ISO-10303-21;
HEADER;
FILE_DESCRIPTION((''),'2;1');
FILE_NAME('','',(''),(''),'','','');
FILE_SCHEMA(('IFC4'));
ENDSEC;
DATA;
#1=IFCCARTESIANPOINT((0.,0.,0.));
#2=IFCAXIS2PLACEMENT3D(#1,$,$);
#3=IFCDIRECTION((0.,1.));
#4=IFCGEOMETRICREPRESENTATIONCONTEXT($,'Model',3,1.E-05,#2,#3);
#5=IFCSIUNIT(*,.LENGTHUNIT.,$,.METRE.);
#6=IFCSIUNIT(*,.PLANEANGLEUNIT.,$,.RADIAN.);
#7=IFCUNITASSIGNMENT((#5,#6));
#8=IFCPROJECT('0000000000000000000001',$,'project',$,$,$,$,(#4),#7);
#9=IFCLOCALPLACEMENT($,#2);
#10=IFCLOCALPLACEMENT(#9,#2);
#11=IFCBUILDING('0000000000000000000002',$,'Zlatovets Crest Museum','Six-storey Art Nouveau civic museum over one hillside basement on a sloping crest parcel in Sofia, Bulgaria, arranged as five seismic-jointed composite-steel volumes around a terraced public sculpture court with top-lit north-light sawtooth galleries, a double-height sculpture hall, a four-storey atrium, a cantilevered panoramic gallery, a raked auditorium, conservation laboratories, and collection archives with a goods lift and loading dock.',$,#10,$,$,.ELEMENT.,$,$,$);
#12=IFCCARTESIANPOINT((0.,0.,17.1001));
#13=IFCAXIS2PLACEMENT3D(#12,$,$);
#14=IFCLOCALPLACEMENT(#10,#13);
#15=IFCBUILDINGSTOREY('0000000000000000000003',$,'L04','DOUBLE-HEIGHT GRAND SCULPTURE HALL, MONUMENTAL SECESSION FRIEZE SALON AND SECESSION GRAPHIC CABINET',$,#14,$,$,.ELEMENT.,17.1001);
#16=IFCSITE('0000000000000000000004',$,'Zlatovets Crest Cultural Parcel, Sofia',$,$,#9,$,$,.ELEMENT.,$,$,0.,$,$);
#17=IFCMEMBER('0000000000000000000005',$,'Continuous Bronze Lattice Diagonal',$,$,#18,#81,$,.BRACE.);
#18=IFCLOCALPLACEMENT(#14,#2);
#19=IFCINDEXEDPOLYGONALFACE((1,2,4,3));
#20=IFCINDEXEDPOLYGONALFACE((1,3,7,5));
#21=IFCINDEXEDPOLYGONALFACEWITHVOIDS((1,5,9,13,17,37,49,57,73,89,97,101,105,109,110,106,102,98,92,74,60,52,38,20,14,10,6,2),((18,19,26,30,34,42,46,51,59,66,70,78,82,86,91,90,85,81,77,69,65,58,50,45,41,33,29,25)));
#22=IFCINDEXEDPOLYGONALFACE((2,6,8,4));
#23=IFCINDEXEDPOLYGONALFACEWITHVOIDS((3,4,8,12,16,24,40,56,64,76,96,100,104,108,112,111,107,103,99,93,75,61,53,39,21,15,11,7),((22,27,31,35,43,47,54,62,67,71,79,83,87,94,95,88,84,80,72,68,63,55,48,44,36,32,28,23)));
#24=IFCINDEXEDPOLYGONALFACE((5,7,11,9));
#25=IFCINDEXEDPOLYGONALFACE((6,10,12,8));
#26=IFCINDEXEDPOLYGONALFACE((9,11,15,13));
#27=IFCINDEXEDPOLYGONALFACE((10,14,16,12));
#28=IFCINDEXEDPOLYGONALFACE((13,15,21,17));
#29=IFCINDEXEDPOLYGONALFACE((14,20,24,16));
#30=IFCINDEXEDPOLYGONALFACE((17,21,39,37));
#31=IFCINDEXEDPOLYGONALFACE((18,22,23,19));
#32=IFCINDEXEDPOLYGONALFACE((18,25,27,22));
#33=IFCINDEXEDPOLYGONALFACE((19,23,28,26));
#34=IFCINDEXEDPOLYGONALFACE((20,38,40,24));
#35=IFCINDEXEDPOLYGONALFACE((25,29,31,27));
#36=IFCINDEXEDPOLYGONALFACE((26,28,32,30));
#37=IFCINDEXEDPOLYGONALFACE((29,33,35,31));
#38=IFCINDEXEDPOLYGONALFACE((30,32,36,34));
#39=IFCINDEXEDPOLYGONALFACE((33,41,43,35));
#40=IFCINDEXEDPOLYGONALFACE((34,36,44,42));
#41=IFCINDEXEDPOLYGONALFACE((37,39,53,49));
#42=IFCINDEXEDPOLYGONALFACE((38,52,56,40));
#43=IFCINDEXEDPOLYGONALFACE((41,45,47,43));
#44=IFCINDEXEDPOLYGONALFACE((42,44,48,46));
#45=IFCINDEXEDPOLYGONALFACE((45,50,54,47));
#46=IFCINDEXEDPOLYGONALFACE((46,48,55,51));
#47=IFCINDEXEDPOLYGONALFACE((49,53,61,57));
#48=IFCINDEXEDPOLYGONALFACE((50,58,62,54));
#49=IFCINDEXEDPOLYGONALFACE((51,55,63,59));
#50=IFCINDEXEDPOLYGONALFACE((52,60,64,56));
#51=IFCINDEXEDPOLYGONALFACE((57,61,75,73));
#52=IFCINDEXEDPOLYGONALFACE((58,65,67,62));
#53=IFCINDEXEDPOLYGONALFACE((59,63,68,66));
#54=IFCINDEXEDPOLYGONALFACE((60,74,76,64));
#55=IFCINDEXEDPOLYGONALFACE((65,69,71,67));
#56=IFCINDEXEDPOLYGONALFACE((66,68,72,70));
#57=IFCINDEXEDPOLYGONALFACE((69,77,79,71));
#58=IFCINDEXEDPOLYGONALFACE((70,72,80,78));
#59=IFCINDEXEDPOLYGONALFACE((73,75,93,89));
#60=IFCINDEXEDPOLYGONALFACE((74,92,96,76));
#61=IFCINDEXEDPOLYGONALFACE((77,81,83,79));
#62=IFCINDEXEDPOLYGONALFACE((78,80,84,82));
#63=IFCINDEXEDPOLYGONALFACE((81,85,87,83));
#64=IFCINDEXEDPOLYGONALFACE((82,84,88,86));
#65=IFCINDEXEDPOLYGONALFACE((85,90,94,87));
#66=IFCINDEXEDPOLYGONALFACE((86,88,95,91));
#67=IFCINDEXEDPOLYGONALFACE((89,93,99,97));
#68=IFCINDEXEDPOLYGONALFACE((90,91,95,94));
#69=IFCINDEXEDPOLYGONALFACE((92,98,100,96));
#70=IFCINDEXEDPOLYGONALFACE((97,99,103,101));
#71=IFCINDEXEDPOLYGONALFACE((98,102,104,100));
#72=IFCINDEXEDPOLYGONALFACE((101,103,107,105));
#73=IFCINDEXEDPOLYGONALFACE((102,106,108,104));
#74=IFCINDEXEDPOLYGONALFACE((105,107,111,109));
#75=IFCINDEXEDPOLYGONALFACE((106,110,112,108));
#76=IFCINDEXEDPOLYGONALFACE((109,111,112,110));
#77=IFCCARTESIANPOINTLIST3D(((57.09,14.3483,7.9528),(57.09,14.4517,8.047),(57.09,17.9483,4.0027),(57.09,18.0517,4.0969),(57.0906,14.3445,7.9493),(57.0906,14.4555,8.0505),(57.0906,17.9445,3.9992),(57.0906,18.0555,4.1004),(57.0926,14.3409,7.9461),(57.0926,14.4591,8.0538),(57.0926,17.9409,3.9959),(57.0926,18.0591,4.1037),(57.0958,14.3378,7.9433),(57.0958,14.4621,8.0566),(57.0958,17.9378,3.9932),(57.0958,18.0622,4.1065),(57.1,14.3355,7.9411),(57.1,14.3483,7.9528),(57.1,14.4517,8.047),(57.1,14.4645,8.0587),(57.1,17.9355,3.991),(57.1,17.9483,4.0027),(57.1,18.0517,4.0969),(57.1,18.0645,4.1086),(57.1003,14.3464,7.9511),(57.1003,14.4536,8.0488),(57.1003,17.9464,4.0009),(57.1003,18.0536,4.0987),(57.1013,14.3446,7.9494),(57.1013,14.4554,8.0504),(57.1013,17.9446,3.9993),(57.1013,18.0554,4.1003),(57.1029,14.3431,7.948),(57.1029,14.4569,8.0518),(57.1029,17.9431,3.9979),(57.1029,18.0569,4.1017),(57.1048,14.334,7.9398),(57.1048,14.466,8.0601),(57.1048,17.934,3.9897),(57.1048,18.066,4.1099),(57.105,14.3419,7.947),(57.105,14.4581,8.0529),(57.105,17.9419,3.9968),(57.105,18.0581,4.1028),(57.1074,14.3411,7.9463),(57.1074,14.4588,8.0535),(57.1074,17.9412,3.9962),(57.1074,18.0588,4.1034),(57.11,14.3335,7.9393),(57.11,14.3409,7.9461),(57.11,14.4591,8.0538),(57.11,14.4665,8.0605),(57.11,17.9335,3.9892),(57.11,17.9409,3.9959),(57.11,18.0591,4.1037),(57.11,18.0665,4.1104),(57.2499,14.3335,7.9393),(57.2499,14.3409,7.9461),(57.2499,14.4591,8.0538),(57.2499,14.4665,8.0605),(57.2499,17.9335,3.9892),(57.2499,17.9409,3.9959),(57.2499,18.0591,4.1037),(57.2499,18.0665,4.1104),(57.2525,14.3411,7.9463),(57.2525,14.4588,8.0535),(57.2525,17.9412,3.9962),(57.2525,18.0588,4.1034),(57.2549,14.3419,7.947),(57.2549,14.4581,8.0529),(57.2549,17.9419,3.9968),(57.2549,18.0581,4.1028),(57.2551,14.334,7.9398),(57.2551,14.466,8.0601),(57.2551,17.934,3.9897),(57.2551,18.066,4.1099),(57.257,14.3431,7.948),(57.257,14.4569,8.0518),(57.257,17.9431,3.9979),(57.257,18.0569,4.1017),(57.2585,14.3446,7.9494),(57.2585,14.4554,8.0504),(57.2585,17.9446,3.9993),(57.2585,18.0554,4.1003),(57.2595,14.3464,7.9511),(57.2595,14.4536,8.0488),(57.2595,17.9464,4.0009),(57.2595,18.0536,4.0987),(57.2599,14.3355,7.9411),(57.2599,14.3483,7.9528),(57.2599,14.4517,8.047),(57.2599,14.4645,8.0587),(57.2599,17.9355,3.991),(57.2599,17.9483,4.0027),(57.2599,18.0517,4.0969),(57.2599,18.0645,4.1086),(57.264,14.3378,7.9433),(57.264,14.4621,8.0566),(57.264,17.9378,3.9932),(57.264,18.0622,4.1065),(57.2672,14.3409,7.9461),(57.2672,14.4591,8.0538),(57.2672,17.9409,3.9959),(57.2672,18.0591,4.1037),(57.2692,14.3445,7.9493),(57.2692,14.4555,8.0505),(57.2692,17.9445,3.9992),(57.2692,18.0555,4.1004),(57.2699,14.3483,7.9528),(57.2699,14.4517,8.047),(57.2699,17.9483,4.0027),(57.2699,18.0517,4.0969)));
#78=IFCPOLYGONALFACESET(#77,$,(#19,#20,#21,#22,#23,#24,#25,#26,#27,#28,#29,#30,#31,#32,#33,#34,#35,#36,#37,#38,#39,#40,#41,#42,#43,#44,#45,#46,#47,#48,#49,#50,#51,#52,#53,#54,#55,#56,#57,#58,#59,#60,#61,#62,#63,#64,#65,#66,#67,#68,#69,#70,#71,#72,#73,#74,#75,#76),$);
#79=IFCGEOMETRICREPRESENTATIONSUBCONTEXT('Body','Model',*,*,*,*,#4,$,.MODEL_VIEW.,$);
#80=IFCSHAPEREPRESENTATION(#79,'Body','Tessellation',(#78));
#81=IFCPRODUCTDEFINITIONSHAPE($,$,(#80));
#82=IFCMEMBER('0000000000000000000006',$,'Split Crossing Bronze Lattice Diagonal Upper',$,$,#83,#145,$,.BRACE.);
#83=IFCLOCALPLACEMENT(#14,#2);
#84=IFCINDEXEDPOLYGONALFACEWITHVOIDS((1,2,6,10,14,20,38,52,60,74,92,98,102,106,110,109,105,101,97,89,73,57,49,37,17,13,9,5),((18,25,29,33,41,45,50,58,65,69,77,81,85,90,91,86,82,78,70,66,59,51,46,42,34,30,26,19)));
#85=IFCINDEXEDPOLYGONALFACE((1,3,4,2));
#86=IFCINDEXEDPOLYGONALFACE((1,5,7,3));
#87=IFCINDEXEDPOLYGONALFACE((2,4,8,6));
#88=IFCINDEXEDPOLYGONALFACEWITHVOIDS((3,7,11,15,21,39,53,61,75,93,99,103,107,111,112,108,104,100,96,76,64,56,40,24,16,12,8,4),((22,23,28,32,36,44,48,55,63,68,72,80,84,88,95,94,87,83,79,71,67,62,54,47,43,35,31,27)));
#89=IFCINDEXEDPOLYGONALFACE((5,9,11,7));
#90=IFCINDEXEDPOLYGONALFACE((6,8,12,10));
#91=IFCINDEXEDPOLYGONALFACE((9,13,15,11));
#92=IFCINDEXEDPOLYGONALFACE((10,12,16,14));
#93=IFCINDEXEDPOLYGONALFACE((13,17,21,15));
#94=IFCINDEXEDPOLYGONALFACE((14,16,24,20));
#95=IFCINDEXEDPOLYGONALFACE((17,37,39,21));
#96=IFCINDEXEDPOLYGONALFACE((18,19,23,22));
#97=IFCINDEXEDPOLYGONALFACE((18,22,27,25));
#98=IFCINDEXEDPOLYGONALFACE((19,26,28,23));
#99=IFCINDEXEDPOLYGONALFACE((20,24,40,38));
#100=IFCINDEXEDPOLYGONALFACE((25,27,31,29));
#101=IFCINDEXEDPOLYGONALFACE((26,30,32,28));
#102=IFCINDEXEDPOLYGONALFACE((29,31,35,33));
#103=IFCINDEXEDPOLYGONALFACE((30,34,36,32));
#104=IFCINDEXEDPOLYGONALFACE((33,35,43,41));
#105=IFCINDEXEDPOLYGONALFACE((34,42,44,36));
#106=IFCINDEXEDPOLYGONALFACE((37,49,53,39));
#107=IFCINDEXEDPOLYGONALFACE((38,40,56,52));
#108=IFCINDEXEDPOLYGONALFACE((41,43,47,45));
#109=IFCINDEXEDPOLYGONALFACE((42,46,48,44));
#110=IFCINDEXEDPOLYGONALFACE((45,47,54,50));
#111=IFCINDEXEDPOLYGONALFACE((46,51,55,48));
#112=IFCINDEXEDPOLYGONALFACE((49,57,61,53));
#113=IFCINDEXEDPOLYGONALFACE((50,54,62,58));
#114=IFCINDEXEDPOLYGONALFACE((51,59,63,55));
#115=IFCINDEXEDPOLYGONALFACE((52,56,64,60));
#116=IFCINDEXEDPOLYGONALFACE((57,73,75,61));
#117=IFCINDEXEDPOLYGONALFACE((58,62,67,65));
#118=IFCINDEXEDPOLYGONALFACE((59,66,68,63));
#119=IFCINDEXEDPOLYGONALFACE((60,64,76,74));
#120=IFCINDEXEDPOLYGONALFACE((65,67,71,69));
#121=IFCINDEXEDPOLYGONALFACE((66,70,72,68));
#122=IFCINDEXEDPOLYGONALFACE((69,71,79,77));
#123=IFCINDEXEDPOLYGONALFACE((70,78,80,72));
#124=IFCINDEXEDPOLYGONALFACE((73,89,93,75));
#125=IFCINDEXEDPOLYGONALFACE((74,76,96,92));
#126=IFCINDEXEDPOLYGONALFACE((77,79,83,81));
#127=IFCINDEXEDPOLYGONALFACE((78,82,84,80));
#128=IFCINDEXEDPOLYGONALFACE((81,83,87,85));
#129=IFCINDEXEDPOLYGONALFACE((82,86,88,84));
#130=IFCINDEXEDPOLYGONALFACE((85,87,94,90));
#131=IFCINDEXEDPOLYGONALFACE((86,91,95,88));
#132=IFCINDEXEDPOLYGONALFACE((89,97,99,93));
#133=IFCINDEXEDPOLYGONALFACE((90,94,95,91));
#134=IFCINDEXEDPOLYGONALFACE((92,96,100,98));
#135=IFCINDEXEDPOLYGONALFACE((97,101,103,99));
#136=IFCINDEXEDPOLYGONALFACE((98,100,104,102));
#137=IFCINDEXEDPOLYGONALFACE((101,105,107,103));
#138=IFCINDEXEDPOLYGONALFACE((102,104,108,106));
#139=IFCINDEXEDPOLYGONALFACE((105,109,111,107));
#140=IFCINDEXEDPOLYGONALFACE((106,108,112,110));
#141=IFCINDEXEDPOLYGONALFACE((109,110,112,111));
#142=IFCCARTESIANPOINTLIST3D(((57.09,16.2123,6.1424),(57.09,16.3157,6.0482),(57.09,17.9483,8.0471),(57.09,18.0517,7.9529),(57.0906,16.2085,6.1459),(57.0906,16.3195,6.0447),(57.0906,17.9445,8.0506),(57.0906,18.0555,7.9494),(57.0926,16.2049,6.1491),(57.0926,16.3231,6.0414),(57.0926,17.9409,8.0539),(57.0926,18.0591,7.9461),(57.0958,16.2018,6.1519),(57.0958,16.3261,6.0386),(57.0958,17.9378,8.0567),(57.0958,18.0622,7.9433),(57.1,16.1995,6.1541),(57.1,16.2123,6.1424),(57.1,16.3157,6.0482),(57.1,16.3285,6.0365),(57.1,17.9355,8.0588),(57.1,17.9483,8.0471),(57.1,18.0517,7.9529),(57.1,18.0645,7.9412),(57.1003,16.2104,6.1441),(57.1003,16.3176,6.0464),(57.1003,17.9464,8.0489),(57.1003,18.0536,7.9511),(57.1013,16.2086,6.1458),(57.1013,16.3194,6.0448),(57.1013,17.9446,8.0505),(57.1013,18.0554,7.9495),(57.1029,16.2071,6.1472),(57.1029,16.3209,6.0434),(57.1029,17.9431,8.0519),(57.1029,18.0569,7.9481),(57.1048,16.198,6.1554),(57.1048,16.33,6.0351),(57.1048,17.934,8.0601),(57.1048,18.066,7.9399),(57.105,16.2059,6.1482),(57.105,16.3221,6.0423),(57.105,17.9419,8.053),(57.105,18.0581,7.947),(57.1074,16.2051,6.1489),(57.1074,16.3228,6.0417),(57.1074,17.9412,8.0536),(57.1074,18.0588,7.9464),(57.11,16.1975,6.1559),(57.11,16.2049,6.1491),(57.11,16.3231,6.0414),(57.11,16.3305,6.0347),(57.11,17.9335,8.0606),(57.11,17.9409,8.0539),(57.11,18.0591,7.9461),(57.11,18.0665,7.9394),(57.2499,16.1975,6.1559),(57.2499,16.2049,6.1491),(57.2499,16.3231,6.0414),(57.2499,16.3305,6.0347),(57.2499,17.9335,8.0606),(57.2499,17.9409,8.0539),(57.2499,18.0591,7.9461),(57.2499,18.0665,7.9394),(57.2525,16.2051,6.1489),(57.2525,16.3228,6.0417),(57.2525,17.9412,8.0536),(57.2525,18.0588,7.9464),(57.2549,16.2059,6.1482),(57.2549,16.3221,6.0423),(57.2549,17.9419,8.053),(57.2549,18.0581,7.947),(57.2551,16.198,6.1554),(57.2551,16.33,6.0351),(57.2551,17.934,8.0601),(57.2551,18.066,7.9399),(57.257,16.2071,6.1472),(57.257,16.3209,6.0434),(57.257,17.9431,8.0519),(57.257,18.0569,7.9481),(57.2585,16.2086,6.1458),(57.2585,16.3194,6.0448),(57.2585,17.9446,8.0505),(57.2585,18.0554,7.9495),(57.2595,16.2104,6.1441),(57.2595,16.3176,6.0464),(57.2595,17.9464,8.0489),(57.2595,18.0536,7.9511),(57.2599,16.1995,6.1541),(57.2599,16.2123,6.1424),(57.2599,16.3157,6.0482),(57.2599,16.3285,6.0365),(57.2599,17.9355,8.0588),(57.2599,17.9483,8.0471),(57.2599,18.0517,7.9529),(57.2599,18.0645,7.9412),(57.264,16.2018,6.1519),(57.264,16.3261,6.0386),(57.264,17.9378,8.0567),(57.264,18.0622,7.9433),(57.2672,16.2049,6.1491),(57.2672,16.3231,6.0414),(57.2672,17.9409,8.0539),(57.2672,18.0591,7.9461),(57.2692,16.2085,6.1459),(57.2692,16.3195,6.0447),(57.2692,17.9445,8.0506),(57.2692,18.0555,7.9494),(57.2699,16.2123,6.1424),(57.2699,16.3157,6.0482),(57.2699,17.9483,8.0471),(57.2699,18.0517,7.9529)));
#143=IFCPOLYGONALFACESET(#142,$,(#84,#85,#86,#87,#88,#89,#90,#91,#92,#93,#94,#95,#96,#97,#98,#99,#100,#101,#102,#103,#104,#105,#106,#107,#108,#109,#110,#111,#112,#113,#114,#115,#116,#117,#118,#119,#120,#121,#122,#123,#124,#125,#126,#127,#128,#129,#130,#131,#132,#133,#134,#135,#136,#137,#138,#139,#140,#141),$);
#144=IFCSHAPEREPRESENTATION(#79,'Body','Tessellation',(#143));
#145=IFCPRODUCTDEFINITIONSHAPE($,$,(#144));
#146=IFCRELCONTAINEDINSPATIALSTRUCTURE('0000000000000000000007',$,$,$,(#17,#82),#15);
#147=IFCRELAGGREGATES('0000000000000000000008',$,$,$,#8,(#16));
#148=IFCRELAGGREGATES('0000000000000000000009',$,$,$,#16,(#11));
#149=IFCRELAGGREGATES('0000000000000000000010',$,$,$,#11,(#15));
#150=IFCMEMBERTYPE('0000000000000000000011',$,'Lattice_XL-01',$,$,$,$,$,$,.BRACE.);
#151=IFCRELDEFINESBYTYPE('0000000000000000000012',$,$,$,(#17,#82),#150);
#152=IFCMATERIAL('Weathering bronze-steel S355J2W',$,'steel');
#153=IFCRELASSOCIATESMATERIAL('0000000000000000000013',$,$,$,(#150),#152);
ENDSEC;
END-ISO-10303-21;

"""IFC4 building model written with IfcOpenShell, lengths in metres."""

from ifc_helpers import new_model, si_unit, direction, frame, origin, origin_2d, place, context, subcontext, project, spatial, hollow_rectangle, extrude, material, material_profile, profile_set, type_object, element, save


model = new_model("IFC4")

# Units and contexts
model_context = context("Model", 3, precision=1e-05, world=origin(), true_north=direction((0.0, 1.0)))
body_context = subcontext(model_context, "Body", "Model", "MODEL_VIEW")
ifc_project = project(units=[si_unit("LENGTHUNIT", "METRE"), si_unit("PLANEANGLEUNIT", "RADIAN")], contexts=[model_context])

# Site, building, storey
site_placement = place(None, origin())
site = spatial("IfcSite", under=ifc_project, at=site_placement, Name="Zlatovets Crest Cultural Parcel, Sofia", CompositionType="ELEMENT", RefElevation=0.0)
building_placement = place(site_placement, origin())
building = spatial("IfcBuilding", under=site, at=building_placement, Name="Zlatovets Crest Museum", Description="Six-storey Art Nouveau civic museum over one hillside basement on a sloping crest parcel in Sofia, Bulgaria, arranged as five seismic-jointed composite-steel volumes around a terraced public sculpture court with top-lit north-light sawtooth galleries, a double-height sculpture hall, a four-storey atrium, a cantilevered panoramic gallery, a raked auditorium, conservation laboratories, and collection archives with a goods lift and loading dock.", CompositionType="ELEMENT")
storey_placement = place(building_placement, frame((0.0, 0.0, 17.1001)))
storey = spatial("IfcBuildingStorey", under=building, at=storey_placement, Name="L04", Description="DOUBLE-HEIGHT GRAND SCULPTURE HALL, MONUMENTAL SECESSION FRIEZE SALON AND SECESSION GRAPHIC CABINET", CompositionType="ELEMENT", Elevation=17.1001)

# Members
ifc_material_1 = material(Name="Weathering bronze-steel S355J2W", Category="steel")
ifc_material_profile_1 = material_profile(ifc_material_1, hollow_rectangle(XDim=0.1799, YDim=0.1799, WallThickness=0.01, InnerFilletRadius=0.01, OuterFilletRadius=0.02, at=origin_2d()), Name="SHS 180x180x10.0")
ifc_profile_set_1 = profile_set([ifc_material_profile_1], Name="Weathering bronze-steel S355J2W")
member_type_1 = type_object("IfcMemberType", Name="Lattice_XL-01", PredefinedType="BRACE", material=ifc_profile_set_1)
member_1_placement = place(storey_placement, frame((57.1799, 18.0, 4.0498), z_axis=(0.0, -0.673595, 0.7391), x_axis=(1.0, 0.0, 0.0)))
element("IfcMember", 1, at=member_1_placement, inside=storey, type_object=member_type_1, Name="Continuous Bronze Lattice Diagonal", PredefinedType="BRACE", context=body_context, shape_type="SweptSolid", body=[
    extrude(hollow_rectangle(XDim=0.1799, YDim=0.1799, WallThickness=0.01, InnerFilletRadius=0.01, OuterFilletRadius=0.02, at=origin_2d()), origin(), (0.0, 0.0, 1.0), 5.3445),
])
for number, where, z_axis, x_axis, name in (
    (2, (57.1799, 18.0, 8.0), (0.0, -0.67362, -0.739078), (1.0, 0.0, 0.0), "Split Crossing Bronze Lattice Diagonal Upper"),
):
    element("IfcMember", number, at=place(storey_placement, frame(where, z_axis=z_axis, x_axis=x_axis)), inside=storey, type_object=member_type_1, Name=name, PredefinedType="BRACE", context=body_context, shape_type="SweptSolid", body=[
        extrude(hollow_rectangle(XDim=0.1799, YDim=0.1799, WallThickness=0.01, InnerFilletRadius=0.01, OuterFilletRadius=0.02, at=origin_2d()), origin(), (0.0, 0.0, 1.0), 2.5771),
    ])

save(model, "model.ifc")
